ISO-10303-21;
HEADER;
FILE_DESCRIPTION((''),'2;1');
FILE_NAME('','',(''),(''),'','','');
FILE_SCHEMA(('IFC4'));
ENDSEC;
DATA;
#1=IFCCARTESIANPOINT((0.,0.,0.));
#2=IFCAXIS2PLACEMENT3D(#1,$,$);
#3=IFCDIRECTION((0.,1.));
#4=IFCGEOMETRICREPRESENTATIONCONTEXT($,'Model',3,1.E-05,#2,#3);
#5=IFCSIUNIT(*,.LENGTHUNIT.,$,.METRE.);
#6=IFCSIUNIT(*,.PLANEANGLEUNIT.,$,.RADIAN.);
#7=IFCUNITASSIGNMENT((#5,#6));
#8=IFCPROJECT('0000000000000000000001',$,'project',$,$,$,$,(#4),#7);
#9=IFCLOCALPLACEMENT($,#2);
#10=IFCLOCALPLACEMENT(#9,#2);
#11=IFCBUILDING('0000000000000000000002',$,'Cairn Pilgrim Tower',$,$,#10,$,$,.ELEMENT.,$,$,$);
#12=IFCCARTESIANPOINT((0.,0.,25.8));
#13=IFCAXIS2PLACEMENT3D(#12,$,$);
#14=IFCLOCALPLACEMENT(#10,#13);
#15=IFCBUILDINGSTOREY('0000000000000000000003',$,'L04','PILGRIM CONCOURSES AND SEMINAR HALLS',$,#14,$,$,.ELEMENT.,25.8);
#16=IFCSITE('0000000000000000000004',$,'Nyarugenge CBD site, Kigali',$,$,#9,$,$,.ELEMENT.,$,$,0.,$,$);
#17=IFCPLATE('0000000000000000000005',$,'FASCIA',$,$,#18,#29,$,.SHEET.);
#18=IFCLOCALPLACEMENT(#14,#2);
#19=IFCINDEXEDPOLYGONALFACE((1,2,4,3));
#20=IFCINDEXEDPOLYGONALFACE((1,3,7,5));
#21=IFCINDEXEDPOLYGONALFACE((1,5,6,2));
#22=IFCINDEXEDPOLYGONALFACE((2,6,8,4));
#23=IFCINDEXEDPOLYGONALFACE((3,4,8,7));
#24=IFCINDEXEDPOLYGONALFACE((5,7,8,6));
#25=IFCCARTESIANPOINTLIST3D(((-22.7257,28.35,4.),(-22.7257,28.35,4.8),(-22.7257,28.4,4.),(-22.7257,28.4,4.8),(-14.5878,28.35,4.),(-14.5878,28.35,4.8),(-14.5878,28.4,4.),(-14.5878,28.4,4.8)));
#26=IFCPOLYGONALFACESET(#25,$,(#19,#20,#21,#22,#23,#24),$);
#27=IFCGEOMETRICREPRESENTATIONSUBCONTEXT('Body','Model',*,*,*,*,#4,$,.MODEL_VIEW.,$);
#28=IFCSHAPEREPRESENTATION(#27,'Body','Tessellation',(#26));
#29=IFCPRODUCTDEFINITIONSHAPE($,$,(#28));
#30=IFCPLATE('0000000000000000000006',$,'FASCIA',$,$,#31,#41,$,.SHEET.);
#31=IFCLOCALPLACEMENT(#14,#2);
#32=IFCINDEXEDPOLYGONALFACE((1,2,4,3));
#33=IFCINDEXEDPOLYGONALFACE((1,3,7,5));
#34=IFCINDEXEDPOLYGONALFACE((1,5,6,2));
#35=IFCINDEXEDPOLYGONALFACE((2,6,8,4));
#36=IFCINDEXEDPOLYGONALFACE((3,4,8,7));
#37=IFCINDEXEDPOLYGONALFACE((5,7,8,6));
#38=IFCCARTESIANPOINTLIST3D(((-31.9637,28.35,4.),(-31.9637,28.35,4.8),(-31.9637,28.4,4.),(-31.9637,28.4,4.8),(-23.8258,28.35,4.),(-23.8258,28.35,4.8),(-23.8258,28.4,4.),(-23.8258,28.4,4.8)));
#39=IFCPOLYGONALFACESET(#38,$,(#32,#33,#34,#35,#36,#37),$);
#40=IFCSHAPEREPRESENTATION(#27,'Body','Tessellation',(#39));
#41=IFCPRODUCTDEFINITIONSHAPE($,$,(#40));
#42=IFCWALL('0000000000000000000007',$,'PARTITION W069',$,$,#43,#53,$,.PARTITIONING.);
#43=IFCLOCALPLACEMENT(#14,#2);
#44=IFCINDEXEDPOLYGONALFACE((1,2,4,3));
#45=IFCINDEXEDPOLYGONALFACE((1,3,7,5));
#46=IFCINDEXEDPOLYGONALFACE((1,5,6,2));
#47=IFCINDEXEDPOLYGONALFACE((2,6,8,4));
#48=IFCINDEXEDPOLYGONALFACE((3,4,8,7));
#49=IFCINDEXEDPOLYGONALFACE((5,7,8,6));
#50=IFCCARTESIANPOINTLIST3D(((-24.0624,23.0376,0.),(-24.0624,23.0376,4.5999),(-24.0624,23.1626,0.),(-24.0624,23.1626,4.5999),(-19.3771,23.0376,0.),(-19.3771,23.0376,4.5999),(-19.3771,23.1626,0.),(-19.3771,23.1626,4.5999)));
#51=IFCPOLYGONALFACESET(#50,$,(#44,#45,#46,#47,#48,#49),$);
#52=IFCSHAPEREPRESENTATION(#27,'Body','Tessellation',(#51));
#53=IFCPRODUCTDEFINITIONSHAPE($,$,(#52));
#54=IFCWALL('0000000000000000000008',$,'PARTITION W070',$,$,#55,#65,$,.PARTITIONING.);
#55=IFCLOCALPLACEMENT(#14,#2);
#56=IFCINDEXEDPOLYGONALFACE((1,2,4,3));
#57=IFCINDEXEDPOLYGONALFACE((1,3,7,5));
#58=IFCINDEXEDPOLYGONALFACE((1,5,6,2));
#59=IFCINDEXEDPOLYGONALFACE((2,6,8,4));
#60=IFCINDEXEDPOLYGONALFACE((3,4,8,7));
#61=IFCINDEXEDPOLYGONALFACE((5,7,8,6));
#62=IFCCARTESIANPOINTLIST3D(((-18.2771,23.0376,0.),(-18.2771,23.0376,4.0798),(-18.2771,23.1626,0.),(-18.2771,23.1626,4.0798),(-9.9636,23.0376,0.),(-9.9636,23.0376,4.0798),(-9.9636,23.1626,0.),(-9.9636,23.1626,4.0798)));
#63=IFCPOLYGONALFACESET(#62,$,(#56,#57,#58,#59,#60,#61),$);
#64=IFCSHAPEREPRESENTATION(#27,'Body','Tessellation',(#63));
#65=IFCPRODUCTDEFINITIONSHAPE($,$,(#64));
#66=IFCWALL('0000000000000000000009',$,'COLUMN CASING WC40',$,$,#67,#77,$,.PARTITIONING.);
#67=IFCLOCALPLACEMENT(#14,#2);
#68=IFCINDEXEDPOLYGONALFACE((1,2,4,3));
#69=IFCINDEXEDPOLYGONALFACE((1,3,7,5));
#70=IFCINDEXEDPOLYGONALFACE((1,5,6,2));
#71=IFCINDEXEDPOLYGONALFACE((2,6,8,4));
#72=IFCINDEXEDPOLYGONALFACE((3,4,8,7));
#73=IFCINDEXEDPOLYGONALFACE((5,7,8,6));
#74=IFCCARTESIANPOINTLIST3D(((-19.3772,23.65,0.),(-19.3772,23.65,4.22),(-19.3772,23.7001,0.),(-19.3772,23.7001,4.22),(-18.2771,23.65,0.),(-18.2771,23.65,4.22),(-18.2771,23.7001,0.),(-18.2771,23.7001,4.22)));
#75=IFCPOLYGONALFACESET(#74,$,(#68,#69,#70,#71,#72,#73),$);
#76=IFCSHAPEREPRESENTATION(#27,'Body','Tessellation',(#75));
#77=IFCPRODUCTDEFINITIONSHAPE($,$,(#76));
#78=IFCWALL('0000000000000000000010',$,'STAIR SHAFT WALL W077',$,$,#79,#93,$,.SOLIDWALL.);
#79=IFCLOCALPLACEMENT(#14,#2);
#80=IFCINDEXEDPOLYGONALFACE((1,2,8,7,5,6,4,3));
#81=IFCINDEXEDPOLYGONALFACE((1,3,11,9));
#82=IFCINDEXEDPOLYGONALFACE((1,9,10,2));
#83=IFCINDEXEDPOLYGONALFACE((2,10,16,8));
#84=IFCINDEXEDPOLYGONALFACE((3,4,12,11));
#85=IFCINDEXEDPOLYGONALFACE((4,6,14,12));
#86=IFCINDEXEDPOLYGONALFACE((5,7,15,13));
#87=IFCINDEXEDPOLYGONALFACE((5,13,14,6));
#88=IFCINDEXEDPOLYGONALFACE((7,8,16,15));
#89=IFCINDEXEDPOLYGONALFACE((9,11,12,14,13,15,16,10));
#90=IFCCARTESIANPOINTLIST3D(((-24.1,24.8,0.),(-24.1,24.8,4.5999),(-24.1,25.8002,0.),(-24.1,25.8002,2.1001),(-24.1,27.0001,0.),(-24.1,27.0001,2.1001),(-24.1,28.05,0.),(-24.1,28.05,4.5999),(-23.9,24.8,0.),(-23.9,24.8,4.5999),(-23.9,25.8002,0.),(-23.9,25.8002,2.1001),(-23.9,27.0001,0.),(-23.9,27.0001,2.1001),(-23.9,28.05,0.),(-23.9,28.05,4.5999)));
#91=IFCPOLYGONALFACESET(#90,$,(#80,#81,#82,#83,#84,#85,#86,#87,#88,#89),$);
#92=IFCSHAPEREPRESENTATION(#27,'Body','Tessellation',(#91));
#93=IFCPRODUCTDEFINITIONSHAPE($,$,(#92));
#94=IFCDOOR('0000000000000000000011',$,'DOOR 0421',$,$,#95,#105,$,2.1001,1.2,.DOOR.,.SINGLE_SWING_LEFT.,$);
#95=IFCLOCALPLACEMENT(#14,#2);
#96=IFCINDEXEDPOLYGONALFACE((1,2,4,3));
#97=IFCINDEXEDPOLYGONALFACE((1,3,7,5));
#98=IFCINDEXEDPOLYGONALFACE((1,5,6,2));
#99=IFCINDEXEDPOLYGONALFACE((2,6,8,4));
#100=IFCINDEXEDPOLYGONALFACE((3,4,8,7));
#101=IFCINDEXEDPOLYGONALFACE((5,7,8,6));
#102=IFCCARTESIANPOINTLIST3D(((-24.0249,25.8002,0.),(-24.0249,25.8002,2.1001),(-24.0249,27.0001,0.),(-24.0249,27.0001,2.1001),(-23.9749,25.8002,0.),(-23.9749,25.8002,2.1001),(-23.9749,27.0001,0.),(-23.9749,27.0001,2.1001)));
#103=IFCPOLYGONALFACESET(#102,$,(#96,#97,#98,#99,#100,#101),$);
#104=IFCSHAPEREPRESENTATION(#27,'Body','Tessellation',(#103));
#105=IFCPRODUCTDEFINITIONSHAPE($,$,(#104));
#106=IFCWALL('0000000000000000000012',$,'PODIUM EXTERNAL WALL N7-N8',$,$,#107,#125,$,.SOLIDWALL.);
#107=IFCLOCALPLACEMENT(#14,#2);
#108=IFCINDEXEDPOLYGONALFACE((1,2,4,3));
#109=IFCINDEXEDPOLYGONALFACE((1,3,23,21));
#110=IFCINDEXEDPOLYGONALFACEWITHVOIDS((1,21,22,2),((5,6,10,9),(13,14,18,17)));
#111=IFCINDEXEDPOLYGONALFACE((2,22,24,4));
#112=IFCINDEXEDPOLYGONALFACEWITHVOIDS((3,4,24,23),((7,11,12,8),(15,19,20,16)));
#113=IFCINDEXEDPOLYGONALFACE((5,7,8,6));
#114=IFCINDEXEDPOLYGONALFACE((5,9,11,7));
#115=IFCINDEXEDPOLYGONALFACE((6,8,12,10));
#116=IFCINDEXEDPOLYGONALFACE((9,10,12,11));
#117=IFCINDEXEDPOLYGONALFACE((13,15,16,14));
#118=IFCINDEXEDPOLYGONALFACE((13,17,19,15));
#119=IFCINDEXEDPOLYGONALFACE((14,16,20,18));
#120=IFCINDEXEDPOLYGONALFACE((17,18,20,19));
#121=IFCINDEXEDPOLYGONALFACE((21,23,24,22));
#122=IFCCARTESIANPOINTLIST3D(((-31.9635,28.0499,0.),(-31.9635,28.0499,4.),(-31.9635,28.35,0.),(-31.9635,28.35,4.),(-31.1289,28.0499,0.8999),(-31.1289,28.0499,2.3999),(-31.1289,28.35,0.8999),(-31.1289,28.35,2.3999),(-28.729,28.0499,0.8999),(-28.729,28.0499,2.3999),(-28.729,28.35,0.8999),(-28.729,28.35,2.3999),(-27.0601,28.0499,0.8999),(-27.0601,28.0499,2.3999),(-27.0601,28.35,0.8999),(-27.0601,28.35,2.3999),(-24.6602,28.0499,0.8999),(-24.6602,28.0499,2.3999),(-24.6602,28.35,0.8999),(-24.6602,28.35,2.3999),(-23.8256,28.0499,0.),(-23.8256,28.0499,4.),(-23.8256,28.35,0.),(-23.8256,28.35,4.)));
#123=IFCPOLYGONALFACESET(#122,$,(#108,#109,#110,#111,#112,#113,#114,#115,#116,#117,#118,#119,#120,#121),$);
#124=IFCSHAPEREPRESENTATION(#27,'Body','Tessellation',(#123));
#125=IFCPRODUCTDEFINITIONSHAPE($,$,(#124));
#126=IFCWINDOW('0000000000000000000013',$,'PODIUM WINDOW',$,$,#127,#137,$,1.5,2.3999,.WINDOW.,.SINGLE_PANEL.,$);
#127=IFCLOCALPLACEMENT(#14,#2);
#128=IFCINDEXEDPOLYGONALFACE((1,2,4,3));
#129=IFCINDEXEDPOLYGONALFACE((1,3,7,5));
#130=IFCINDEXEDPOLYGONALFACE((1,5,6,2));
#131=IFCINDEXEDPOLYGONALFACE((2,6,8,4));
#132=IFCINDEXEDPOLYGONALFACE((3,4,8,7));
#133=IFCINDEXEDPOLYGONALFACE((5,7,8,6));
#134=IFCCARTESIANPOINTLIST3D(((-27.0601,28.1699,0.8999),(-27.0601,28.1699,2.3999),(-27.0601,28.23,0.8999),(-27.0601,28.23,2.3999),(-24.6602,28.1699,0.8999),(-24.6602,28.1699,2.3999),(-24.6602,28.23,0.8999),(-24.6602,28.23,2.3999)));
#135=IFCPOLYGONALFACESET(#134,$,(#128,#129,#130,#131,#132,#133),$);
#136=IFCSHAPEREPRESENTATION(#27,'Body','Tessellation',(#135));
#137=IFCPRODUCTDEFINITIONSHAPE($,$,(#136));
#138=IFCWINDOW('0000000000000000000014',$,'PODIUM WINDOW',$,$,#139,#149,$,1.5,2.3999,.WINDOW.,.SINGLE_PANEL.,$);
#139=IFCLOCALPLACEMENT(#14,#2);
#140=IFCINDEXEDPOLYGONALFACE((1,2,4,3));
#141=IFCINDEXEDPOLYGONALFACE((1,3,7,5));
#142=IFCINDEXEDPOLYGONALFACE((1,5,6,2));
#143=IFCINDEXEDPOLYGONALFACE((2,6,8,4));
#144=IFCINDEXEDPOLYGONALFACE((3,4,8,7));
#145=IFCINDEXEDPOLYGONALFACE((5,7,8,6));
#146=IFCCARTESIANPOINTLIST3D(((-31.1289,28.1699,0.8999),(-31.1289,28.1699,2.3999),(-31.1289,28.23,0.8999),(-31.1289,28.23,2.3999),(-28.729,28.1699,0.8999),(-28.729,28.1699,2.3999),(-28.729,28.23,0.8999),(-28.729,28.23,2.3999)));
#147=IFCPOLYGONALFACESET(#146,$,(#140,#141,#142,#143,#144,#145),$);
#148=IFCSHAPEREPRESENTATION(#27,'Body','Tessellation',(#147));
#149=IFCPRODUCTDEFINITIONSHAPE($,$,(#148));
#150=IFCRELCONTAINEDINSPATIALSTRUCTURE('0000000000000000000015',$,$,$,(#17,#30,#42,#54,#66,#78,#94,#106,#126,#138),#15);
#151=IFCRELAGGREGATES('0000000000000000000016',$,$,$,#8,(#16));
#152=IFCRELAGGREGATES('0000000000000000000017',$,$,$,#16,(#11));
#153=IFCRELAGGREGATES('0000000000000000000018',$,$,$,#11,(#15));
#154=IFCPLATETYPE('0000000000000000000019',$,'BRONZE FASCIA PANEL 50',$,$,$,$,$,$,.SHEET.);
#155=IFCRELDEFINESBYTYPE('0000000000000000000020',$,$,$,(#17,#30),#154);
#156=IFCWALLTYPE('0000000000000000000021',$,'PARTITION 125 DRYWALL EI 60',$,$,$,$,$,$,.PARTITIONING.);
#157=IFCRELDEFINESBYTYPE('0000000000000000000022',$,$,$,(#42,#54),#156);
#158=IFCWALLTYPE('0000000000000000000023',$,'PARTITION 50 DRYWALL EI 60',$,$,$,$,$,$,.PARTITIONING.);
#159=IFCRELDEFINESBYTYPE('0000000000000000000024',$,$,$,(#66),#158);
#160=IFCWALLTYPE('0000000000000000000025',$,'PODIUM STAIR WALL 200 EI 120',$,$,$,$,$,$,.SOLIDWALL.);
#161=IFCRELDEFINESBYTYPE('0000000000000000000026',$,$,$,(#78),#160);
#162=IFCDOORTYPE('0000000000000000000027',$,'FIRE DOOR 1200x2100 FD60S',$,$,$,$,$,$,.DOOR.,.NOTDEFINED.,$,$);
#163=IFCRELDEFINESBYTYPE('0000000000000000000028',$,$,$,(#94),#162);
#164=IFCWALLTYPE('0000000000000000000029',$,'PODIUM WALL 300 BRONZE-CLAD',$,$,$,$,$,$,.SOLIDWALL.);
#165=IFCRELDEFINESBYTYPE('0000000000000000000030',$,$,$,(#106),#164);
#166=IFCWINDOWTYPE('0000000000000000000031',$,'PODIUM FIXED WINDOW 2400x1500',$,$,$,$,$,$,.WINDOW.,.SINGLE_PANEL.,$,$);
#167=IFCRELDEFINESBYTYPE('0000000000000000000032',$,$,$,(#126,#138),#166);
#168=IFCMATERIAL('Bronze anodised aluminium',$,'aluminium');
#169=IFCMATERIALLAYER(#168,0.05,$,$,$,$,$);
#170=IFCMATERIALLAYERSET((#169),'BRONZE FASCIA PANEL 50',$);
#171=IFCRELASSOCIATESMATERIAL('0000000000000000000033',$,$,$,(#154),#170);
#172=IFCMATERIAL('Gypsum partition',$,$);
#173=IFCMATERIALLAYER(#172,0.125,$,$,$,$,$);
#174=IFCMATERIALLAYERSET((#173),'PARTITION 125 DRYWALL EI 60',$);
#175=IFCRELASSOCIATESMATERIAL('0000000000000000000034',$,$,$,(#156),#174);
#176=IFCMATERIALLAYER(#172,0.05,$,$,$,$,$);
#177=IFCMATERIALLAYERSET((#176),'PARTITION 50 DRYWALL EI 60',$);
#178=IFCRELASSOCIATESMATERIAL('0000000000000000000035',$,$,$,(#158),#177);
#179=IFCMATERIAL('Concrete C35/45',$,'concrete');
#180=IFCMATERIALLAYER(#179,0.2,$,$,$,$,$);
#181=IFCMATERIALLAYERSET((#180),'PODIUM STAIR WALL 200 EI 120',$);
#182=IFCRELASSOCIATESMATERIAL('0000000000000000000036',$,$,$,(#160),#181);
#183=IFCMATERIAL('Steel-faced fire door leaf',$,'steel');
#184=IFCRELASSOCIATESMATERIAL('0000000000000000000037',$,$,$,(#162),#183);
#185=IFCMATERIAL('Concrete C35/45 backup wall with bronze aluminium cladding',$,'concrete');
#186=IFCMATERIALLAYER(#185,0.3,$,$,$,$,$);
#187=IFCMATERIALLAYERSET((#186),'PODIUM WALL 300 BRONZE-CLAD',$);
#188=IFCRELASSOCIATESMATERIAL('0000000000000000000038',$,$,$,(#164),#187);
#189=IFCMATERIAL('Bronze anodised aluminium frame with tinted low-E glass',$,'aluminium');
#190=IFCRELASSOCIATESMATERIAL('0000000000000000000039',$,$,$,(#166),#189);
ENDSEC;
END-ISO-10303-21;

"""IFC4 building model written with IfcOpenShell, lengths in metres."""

from ifc_helpers import new_model, si_unit, direction, frame, frame_2d, origin, origin_2d, place, context, subcontext, project, spatial, rectangle, extrude, material, layer, layer_set, type_object, element, fill, save


model = new_model("IFC4")

# Units and contexts
model_context = context("Model", 3, precision=1e-05, world=origin(), true_north=direction((0.0, 1.0)))
body_context = subcontext(model_context, "Body", "Model", "MODEL_VIEW")
ifc_project = project(units=[si_unit("LENGTHUNIT", "METRE"), si_unit("PLANEANGLEUNIT", "RADIAN")], contexts=[model_context])

# Site, building, storey
site_placement = place(None, origin())
site = spatial("IfcSite", under=ifc_project, at=site_placement, Name="Nyarugenge CBD site, Kigali", CompositionType="ELEMENT", RefElevation=0.0)
building_placement = place(site_placement, origin())
building = spatial("IfcBuilding", under=site, at=building_placement, Name="Cairn Pilgrim Tower", CompositionType="ELEMENT")
storey_placement = place(building_placement, frame((0.0, 0.0, 25.8)))
storey = spatial("IfcBuildingStorey", under=building, at=storey_placement, Name="L04", Description="PILGRIM CONCOURSES AND SEMINAR HALLS", CompositionType="ELEMENT", Elevation=25.8)

# Plates
ifc_material_1 = material(Name="Bronze anodised aluminium", Category="aluminium")
ifc_layer_1 = layer(ifc_material_1, 0.05)
ifc_layer_set_1 = layer_set([ifc_layer_1], Name="BRONZE FASCIA PANEL 50")
plate_type = type_object("IfcPlateType", Name="BRONZE FASCIA PANEL 50", PredefinedType="SHEET", material=ifc_layer_set_1)
for number, where, z_axis, x_axis, name in (
    (1, (-18.6567, 28.375, 4.0), (0.0, 0.0, 1.0), (-1.0, 0.0, 0.0), "FASCIA"),
    (2, (-27.8948, 28.375, 4.0), (0.0, 0.0, 1.0), (-1.0, 0.0, 0.0), "FASCIA"),
):
    element("IfcPlate", number, at=place(storey_placement, frame(where, z_axis=z_axis, x_axis=x_axis)), inside=storey, type_object=plate_type, Name=name, PredefinedType="SHEET", context=body_context, shape_type="SweptSolid", body=[
        extrude(rectangle(XDim=8.1379, YDim=0.05, at=origin_2d()), origin(), (0.0, 0.0, 1.0), 0.8),
    ])

# Walls
ifc_material_2 = material(Name="Gypsum partition")
ifc_layer_2 = layer(ifc_material_2, 0.125)
ifc_layer_set_2 = layer_set([ifc_layer_2], Name="PARTITION 125 DRYWALL EI 60")
wall_type_1 = type_object("IfcWallType", Name="PARTITION 125 DRYWALL EI 60", PredefinedType="PARTITIONING", material=ifc_layer_set_2)
wall_1_placement = place(storey_placement, frame((-24.0625, 23.1001, 0.0), z_axis=(0.0, 0.0, 1.0), x_axis=(1.0, 0.0, 0.0)))
element("IfcWall", 3, at=wall_1_placement, inside=storey, type_object=wall_type_1, Name="PARTITION W069", PredefinedType="PARTITIONING", context=body_context, shape_type="SweptSolid", body=[
    extrude(rectangle(XDim=4.6853, YDim=0.125, at=frame_2d((2.3428, 0.0))), origin(), (0.0, 0.0, 1.0), 4.5999),
])
wall_2_placement = place(storey_placement, frame((-18.2771, 23.1001, 0.0), z_axis=(0.0, 0.0, 1.0), x_axis=(1.0, 0.0, 0.0)))
element("IfcWall", 4, at=wall_2_placement, inside=storey, type_object=wall_type_1, Name="PARTITION W070", PredefinedType="PARTITIONING", context=body_context, shape_type="SweptSolid", body=[
    extrude(rectangle(XDim=8.3135, YDim=0.125, at=frame_2d((4.1567, 0.0))), origin(), (0.0, 0.0, 1.0), 4.0798),
])
ifc_layer_3 = layer(ifc_material_2, 0.05)
ifc_layer_set_3 = layer_set([ifc_layer_3], Name="PARTITION 50 DRYWALL EI 60")
wall_type_2 = type_object("IfcWallType", Name="PARTITION 50 DRYWALL EI 60", PredefinedType="PARTITIONING", material=ifc_layer_set_3)
wall_3_placement = place(storey_placement, frame((-19.3772, 23.675, 0.0), z_axis=(0.0, 0.0, 1.0), x_axis=(1.0, 0.0, 0.0)))
element("IfcWall", 5, at=wall_3_placement, inside=storey, type_object=wall_type_2, Name="COLUMN CASING WC40", PredefinedType="PARTITIONING", context=body_context, shape_type="SweptSolid", body=[
    extrude(rectangle(XDim=1.1001, YDim=0.05, at=frame_2d((0.55, 0.0))), origin(), (0.0, 0.0, 1.0), 4.22),
])

# Wall, opening, door
ifc_material_3 = material(Name="Concrete C35/45", Category="concrete")
ifc_layer_4 = layer(ifc_material_3, 0.2)
ifc_layer_set_4 = layer_set([ifc_layer_4], Name="PODIUM STAIR WALL 200 EI 120")
wall_type_3 = type_object("IfcWallType", Name="PODIUM STAIR WALL 200 EI 120", PredefinedType="SOLIDWALL", material=ifc_layer_set_4)
wall_4_placement = place(storey_placement, frame((-24.0, 24.8, 0.0), z_axis=(0.0, 0.0, 1.0), x_axis=(0.0, 1.0, 0.0)))
wall_4 = element("IfcWall", 6, at=wall_4_placement, inside=storey, type_object=wall_type_3, Name="STAIR SHAFT WALL W077", PredefinedType="SOLIDWALL", context=body_context, shape_type="SweptSolid", body=[
    extrude(rectangle(XDim=3.25, YDim=0.2, at=frame_2d((1.625, 0.0))), origin(), (0.0, 0.0, 1.0), 4.5999),
])
opening_1_placement = place(wall_4_placement, frame((1.0, 0.0, 0.0)))
opening_1 = element("IfcOpeningElement", 7, at=opening_1_placement, cuts=wall_4, PredefinedType="OPENING", context=body_context, shape_type="SweptSolid", body=[
    extrude(rectangle(XDim=1.2, YDim=2.1001, at=frame_2d((0.6001, 1.05))), frame((0.0, 0.1099, 0.0), z_axis=(0.0, -1.0, 0.0), x_axis=(1.0, 0.0, 0.0)), (0.0, 0.0, 1.0), 0.22),
])
ifc_material_4 = material(Name="Steel-faced fire door leaf", Category="steel")
door_type = type_object("IfcDoorType", Name="FIRE DOOR 1200x2100 FD60S", OperationType="NOTDEFINED", PredefinedType="DOOR", material=ifc_material_4)
door_placement = place(opening_1_placement, origin())
door = element("IfcDoor", 8, at=door_placement, inside=storey, type_object=door_type, Name="DOOR 0421", OperationType="SINGLE_SWING_LEFT", OverallHeight=2.1001, OverallWidth=1.2, PredefinedType="DOOR", context=body_context, shape_type="SweptSolid", body=[
    extrude(rectangle(XDim=1.2, YDim=2.1001, at=frame_2d((0.6001, 1.05))), frame((0.0, 0.0249, 0.0), z_axis=(0.0, -1.0, 0.0), x_axis=(1.0, 0.0, 0.0)), (0.0, 0.0, 1.0), 0.05),
])
fill(opening_1, door)

# Wall, openings, windows
ifc_material_5 = material(Name="Concrete C35/45 backup wall with bronze aluminium cladding", Category="concrete")
ifc_layer_5 = layer(ifc_material_5, 0.3)
ifc_layer_set_5 = layer_set([ifc_layer_5], Name="PODIUM WALL 300 BRONZE-CLAD")
wall_type_4 = type_object("IfcWallType", Name="PODIUM WALL 300 BRONZE-CLAD", PredefinedType="SOLIDWALL", material=ifc_layer_set_5)
wall_5_placement = place(storey_placement, frame((-23.8257, 28.2, 0.0), z_axis=(0.0, 0.0, 1.0), x_axis=(-1.0, 0.0, 0.0)))
wall_5 = element("IfcWall", 9, at=wall_5_placement, inside=storey, type_object=wall_type_4, Name="PODIUM EXTERNAL WALL N7-N8", PredefinedType="SOLIDWALL", context=body_context, shape_type="SweptSolid", body=[
    extrude(rectangle(XDim=8.1379, YDim=0.3, at=frame_2d((4.0688, 0.0))), origin(), (0.0, 0.0, 1.0), 4.0),
])
opening_2_placement = place(wall_5_placement, frame((0.8345, 0.0, 0.8999)))
opening_2 = element("IfcOpeningElement", 10, at=opening_2_placement, cuts=wall_5, PredefinedType="OPENING", context=body_context, shape_type="SweptSolid", body=[
    extrude(rectangle(XDim=2.3999, YDim=1.5, at=frame_2d((1.2, 0.75))), frame((0.0, 0.1602, 0.0), z_axis=(0.0, -1.0, 0.0), x_axis=(1.0, 0.0, 0.0)), (0.0, 0.0, 1.0), 0.3201),
])
opening_3_placement = place(wall_5_placement, frame((4.9033, 0.0, 0.8999)))
opening_3 = element("IfcOpeningElement", 11, at=opening_3_placement, cuts=wall_5, PredefinedType="OPENING", context=body_context, shape_type="SweptSolid", body=[
    extrude(rectangle(XDim=2.3999, YDim=1.5, at=frame_2d((1.2, 0.75))), frame((0.0, 0.1602, 0.0), z_axis=(0.0, -1.0, 0.0), x_axis=(1.0, 0.0, 0.0)), (0.0, 0.0, 1.0), 0.3201),
])
ifc_material_6 = material(Name="Bronze anodised aluminium frame with tinted low-E glass", Category="aluminium")
window_type = type_object("IfcWindowType", Name="PODIUM FIXED WINDOW 2400x1500", PartitioningType="SINGLE_PANEL", PredefinedType="WINDOW", material=ifc_material_6)
window_1_placement = place(opening_2_placement, origin())
window_1 = element("IfcWindow", 12, at=window_1_placement, inside=storey, type_object=window_type, Name="PODIUM WINDOW", OverallHeight=1.5, OverallWidth=2.3999, PartitioningType="SINGLE_PANEL", PredefinedType="WINDOW", context=body_context, shape_type="SweptSolid", body=[
    extrude(rectangle(XDim=2.3999, YDim=1.5, at=frame_2d((1.2, 0.75))), frame((0.0, 0.03, 0.0), z_axis=(0.0, -1.0, 0.0), x_axis=(1.0, 0.0, 0.0)), (0.0, 0.0, 1.0), 0.0601),
])
fill(opening_2, window_1)
window_2_placement = place(opening_3_placement, origin())
window_2 = element("IfcWindow", 13, at=window_2_placement, inside=storey, type_object=window_type, Name="PODIUM WINDOW", OverallHeight=1.5, OverallWidth=2.3999, PartitioningType="SINGLE_PANEL", PredefinedType="WINDOW", context=body_context, shape_type="SweptSolid", body=[
    extrude(rectangle(XDim=2.3999, YDim=1.5, at=frame_2d((1.2, 0.75))), frame((0.0, 0.03, 0.0), z_axis=(0.0, -1.0, 0.0), x_axis=(1.0, 0.0, 0.0)), (0.0, 0.0, 1.0), 0.0601),
])
fill(opening_3, window_2)

save(model, "model.ifc")
